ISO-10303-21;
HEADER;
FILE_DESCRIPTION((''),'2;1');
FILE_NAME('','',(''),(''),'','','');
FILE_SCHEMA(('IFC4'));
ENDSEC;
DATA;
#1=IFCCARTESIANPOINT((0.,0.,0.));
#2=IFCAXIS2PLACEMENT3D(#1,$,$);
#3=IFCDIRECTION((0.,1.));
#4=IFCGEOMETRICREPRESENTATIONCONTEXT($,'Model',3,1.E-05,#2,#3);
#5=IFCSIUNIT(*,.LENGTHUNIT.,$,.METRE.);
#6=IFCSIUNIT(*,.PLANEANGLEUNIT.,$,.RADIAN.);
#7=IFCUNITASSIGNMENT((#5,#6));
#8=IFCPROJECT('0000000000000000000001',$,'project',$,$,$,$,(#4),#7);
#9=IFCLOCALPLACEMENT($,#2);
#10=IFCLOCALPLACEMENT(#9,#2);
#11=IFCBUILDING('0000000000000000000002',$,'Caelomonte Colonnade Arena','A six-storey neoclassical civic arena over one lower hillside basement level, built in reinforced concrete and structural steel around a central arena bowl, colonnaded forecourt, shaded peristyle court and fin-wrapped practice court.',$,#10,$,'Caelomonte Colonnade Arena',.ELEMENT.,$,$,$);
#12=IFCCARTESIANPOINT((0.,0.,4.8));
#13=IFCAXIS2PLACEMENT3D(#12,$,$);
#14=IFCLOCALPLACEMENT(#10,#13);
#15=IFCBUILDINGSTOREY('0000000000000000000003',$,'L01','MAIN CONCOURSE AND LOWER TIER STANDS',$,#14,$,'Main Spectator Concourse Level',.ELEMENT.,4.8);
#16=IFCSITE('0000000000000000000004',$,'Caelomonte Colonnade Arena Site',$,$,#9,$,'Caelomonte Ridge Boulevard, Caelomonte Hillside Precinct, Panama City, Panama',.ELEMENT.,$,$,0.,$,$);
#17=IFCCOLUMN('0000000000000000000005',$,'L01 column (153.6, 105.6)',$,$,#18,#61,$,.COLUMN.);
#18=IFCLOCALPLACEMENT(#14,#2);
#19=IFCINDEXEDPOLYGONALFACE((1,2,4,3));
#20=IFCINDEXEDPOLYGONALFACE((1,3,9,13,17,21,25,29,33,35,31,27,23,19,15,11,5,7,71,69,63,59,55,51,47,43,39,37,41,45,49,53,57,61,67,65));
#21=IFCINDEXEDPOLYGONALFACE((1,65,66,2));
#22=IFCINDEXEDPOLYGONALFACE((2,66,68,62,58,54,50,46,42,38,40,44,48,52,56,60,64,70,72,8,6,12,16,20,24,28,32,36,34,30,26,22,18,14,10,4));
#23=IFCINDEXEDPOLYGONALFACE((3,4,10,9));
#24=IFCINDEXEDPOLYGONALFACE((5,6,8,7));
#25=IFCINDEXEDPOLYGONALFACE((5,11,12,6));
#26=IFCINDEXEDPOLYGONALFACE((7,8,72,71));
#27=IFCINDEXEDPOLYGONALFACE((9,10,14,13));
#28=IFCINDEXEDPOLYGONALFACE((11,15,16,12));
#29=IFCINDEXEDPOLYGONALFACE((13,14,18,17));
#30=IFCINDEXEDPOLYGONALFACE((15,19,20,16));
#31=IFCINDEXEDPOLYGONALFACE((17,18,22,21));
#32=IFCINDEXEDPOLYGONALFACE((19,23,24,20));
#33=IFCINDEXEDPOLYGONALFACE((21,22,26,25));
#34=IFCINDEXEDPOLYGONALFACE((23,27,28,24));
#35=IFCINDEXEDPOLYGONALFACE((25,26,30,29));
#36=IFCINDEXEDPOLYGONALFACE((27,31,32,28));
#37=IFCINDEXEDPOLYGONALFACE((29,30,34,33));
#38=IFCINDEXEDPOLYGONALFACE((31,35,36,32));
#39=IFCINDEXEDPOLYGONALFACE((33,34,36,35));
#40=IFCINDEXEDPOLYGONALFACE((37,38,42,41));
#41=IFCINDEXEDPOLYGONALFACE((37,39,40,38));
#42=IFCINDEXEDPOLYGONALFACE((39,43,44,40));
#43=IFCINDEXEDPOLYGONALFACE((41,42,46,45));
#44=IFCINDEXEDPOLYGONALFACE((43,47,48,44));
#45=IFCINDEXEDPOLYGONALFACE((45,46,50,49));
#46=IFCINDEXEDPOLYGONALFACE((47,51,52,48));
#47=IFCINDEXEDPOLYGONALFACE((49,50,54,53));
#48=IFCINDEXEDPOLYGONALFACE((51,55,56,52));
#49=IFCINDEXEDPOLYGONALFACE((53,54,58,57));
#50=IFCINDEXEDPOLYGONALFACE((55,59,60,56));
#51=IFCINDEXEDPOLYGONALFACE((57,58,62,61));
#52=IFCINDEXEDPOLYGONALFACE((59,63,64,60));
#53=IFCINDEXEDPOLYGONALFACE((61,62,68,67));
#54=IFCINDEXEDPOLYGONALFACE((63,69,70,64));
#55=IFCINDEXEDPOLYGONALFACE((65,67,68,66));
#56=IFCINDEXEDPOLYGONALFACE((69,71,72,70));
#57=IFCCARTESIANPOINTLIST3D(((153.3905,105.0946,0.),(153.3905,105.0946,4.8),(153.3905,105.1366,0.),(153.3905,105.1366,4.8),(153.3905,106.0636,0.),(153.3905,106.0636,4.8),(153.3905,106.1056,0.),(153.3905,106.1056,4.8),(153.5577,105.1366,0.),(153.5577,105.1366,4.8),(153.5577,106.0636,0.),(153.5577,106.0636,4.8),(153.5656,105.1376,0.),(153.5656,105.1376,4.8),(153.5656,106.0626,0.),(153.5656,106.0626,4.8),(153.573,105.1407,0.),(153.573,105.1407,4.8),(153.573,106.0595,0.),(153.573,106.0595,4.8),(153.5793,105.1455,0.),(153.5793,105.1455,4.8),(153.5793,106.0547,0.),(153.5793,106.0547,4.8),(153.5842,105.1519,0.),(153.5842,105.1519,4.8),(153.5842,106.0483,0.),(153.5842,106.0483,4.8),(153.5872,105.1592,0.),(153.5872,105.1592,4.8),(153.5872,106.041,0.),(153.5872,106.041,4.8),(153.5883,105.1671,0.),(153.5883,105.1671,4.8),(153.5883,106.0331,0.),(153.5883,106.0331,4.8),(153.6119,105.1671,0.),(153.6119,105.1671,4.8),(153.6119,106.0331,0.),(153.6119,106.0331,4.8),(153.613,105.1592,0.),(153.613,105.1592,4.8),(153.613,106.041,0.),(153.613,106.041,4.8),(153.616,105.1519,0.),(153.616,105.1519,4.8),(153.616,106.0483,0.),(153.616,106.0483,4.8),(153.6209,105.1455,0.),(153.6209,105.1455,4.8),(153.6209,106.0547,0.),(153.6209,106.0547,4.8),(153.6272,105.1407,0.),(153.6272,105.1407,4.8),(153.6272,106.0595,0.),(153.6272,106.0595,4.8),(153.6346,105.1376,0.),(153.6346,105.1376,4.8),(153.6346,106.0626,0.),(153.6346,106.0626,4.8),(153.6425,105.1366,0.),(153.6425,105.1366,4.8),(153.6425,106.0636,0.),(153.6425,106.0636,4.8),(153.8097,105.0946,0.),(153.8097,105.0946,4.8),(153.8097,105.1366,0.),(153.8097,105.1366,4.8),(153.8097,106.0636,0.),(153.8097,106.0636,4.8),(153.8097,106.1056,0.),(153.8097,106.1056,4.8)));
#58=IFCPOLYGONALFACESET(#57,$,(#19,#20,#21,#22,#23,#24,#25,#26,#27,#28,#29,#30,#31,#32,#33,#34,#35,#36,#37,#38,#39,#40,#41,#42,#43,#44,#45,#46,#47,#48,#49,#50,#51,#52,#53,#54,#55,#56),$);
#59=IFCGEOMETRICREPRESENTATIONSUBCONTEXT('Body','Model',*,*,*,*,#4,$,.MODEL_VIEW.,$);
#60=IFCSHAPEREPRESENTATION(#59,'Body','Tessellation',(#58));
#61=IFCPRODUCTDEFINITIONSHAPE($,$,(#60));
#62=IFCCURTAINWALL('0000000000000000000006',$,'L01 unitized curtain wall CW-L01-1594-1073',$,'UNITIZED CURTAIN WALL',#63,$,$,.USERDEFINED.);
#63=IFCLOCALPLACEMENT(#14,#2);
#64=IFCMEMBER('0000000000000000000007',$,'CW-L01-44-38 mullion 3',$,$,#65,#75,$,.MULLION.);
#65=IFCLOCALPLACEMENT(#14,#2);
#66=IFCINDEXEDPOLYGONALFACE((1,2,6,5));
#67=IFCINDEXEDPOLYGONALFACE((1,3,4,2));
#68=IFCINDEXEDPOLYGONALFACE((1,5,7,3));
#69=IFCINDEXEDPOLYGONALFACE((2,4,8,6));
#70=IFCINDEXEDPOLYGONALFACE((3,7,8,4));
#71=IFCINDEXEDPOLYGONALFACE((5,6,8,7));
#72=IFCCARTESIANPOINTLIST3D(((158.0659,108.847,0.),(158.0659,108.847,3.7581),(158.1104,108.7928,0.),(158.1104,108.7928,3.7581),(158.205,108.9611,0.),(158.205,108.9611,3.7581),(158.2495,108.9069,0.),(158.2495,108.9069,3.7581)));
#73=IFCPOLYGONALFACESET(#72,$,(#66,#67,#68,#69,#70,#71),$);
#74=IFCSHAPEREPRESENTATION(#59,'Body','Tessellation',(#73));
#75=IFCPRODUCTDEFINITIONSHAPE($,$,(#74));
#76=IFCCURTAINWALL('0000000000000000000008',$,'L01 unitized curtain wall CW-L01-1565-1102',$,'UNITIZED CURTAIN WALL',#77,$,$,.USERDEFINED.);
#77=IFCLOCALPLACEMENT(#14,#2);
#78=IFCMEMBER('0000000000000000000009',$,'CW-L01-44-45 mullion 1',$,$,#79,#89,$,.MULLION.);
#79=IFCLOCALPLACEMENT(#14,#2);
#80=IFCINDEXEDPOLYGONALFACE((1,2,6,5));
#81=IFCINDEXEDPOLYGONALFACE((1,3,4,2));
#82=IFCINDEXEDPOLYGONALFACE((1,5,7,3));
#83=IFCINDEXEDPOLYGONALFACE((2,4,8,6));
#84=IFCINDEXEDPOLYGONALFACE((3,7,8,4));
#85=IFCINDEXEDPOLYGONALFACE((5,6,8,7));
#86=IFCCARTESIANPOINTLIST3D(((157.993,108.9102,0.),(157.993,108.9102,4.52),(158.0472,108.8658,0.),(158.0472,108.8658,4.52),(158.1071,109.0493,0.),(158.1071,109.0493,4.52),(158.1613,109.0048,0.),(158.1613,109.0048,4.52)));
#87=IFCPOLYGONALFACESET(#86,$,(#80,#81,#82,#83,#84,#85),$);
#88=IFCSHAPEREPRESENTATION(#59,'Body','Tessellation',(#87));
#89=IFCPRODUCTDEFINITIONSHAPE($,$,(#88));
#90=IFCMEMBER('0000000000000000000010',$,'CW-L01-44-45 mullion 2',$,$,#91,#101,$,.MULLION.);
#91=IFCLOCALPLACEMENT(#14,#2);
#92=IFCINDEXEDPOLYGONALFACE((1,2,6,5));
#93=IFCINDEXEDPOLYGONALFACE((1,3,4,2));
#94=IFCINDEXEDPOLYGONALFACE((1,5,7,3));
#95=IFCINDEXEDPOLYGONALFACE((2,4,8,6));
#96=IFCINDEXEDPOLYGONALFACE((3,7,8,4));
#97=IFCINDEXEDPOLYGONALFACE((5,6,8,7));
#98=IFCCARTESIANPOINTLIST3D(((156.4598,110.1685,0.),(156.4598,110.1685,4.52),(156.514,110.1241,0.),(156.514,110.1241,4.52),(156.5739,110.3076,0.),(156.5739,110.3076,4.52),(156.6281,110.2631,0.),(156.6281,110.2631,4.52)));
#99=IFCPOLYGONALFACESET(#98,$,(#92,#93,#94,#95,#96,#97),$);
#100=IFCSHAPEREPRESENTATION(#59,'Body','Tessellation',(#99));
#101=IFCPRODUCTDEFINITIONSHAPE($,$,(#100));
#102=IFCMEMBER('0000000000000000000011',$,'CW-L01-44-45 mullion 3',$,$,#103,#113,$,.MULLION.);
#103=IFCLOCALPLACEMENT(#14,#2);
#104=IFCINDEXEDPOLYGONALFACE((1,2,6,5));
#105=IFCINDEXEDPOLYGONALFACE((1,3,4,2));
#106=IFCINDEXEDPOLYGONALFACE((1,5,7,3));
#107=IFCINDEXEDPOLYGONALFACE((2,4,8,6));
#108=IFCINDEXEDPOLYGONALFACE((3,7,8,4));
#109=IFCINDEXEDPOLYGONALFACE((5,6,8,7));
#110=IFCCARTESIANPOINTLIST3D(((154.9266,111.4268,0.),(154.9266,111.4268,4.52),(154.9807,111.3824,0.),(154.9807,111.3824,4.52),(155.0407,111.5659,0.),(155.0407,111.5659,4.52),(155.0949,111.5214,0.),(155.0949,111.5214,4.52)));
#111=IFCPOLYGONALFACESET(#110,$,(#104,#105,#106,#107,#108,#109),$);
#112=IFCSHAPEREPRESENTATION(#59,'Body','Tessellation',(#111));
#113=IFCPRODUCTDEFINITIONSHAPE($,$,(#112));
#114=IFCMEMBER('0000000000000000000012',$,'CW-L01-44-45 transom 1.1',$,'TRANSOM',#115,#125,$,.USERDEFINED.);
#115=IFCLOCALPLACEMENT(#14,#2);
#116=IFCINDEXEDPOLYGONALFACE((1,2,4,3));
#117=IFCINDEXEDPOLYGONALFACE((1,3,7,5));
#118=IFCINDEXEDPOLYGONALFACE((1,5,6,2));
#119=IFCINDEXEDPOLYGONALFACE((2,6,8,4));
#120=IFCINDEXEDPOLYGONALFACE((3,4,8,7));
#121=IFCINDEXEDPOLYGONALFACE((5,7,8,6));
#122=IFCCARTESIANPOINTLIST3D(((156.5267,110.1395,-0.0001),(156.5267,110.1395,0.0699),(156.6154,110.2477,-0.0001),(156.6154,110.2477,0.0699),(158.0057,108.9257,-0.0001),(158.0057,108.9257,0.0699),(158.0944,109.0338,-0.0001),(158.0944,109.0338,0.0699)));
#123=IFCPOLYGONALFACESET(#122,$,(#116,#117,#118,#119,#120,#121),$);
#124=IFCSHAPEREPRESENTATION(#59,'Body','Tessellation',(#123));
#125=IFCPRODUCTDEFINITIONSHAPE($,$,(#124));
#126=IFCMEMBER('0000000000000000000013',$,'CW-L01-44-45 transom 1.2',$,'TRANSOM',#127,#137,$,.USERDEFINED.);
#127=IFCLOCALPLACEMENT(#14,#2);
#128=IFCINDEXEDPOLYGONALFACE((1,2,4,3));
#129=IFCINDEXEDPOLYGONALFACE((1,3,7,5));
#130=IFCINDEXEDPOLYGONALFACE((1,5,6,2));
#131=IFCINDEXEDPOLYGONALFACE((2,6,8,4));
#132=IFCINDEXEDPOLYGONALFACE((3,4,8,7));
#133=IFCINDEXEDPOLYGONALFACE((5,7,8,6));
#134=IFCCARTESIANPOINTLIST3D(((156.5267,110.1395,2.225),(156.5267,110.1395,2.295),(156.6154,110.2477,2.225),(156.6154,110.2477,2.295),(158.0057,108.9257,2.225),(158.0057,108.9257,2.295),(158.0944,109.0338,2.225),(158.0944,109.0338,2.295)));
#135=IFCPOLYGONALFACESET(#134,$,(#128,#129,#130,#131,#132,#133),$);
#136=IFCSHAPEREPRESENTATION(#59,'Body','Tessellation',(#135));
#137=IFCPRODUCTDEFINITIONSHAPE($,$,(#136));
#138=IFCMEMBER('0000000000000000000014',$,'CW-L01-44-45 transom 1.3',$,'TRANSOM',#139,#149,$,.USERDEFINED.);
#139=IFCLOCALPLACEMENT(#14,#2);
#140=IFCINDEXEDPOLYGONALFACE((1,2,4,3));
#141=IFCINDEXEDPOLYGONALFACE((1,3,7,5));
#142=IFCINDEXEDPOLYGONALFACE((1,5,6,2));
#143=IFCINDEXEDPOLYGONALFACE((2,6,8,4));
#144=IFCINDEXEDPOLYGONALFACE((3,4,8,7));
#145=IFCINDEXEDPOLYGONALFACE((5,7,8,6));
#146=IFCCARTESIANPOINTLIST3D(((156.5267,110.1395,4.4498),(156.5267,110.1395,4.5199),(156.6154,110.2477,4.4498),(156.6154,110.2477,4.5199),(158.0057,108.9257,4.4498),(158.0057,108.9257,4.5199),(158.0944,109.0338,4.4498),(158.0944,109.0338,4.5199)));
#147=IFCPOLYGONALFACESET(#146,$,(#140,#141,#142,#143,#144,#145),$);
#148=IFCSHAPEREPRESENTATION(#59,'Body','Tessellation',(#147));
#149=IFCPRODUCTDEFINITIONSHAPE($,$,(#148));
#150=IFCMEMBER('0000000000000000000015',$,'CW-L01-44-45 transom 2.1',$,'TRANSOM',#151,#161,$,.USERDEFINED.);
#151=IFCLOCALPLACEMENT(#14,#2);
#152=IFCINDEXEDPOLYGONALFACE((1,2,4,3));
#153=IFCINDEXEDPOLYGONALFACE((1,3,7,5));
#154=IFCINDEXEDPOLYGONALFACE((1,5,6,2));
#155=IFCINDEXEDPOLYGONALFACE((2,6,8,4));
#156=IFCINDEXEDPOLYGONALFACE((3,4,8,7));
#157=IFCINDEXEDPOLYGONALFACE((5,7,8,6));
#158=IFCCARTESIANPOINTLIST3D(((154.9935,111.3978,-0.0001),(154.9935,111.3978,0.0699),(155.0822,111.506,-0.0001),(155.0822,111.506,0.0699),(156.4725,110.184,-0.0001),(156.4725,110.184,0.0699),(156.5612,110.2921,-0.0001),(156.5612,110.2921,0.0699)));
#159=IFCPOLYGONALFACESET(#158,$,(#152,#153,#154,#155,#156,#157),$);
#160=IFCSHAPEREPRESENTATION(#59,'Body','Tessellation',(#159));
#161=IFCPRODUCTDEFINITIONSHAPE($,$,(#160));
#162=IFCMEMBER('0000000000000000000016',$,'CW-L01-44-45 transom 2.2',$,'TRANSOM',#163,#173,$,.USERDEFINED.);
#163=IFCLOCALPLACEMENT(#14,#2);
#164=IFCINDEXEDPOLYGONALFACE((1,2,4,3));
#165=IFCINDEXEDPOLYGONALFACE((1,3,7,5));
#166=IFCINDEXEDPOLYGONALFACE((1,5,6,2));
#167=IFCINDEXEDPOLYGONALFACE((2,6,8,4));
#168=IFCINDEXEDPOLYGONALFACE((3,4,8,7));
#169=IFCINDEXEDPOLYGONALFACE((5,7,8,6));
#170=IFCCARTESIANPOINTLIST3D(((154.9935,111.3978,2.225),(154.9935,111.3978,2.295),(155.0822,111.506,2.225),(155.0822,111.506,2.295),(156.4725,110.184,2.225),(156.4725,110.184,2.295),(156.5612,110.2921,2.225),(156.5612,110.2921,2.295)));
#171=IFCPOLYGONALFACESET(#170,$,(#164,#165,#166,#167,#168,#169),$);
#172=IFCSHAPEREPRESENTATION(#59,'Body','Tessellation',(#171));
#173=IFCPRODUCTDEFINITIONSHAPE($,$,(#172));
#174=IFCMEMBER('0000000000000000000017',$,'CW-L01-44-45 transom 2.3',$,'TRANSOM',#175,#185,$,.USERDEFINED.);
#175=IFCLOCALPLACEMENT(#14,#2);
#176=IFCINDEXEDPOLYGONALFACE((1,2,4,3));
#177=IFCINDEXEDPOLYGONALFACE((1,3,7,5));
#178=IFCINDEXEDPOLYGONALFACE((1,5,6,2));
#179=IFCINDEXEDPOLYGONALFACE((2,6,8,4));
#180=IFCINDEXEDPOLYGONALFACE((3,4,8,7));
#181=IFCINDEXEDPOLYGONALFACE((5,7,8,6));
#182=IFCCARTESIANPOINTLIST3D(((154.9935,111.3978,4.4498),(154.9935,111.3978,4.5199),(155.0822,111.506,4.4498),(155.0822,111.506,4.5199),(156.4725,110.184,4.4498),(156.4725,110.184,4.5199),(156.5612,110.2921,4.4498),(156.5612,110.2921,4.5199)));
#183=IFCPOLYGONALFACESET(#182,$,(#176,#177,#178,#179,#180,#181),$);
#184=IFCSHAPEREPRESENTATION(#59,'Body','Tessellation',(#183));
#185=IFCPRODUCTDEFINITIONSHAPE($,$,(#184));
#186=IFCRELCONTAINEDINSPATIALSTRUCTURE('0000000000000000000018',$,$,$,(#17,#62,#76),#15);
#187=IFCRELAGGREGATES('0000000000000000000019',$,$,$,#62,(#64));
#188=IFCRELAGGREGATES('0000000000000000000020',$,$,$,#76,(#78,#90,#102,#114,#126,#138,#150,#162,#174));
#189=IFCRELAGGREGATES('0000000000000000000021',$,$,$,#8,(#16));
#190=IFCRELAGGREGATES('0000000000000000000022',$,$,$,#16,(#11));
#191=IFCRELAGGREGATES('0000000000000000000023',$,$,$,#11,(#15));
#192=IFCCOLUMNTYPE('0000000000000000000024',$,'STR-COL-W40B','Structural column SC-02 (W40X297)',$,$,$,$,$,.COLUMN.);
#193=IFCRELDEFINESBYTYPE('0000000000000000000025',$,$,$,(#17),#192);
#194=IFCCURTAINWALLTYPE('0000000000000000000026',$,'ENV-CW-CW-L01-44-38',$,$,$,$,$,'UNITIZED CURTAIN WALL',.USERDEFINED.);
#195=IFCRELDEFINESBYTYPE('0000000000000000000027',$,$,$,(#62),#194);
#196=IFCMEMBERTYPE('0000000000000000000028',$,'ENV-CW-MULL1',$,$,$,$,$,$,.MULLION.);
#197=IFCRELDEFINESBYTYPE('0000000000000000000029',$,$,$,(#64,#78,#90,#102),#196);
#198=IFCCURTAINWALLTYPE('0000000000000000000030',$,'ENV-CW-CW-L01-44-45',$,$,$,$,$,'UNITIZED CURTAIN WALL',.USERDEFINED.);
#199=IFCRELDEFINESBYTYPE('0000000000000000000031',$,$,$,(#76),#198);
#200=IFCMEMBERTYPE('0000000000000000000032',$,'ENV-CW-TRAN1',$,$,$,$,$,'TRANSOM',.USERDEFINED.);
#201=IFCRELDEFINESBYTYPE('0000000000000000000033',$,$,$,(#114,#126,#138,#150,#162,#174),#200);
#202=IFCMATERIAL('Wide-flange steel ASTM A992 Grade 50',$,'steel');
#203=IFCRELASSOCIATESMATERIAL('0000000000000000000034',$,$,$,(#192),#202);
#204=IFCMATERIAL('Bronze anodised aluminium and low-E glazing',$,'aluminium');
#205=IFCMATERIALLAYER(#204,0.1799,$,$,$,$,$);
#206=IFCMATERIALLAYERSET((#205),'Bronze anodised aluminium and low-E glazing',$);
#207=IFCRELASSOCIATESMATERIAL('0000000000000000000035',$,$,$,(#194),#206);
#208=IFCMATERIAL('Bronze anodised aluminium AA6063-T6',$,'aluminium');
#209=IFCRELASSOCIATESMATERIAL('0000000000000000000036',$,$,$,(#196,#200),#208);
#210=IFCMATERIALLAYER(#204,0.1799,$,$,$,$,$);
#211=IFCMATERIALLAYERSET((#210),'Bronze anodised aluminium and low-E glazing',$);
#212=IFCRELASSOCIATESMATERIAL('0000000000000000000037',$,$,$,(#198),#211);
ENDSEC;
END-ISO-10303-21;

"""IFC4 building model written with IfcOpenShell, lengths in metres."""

from ifc_helpers import new_model, si_unit, direction, frame, origin, origin_2d, place, context, subcontext, project, spatial, rectangle, i_section, extrude, material, layer, layer_set, material_profile, profile_set, type_object, element, aggregate, save


model = new_model("IFC4")

# Units and contexts
model_context = context("Model", 3, precision=1e-05, world=origin(), true_north=direction((0.0, 1.0)))
body_context = subcontext(model_context, "Body", "Model", "MODEL_VIEW")
ifc_project = project(units=[si_unit("LENGTHUNIT", "METRE"), si_unit("PLANEANGLEUNIT", "RADIAN")], contexts=[model_context])

# Site, building, storey
site_placement = place(None, origin())
site = spatial("IfcSite", under=ifc_project, at=site_placement, Name="Caelomonte Colonnade Arena Site", LongName="Caelomonte Ridge Boulevard, Caelomonte Hillside Precinct, Panama City, Panama", CompositionType="ELEMENT", RefElevation=0.0)
building_placement = place(site_placement, origin())
building = spatial("IfcBuilding", under=site, at=building_placement, Name="Caelomonte Colonnade Arena", Description="A six-storey neoclassical civic arena over one lower hillside basement level, built in reinforced concrete and structural steel around a central arena bowl, colonnaded forecourt, shaded peristyle court and fin-wrapped practice court.", LongName="Caelomonte Colonnade Arena", CompositionType="ELEMENT")
storey_placement = place(building_placement, frame((0.0, 0.0, 4.8)))
storey = spatial("IfcBuildingStorey", under=building, at=storey_placement, Name="L01", Description="MAIN CONCOURSE AND LOWER TIER STANDS", LongName="Main Spectator Concourse Level", CompositionType="ELEMENT", Elevation=4.8)

# Column
ifc_material_1 = material(Name="Wide-flange steel ASTM A992 Grade 50", Category="steel")
ifc_material_profile_1 = material_profile(ifc_material_1, i_section(OverallWidth=0.4192, OverallDepth=1.011, WebThickness=0.0237, FlangeThickness=0.042, FilletRadius=0.0305, at=origin_2d()), Name="W40X297")
ifc_profile_set_1 = profile_set([ifc_material_profile_1], Name="Wide-flange steel ASTM A992 Grade 50")
column_type = type_object("IfcColumnType", Name="STR-COL-W40B", Description="Structural column SC-02 (W40X297)", PredefinedType="COLUMN", material=ifc_profile_set_1)
column_placement = place(storey_placement, frame((153.6001, 105.6001, 0.0), z_axis=(0.0, 0.0, 1.0), x_axis=(1.0, 0.0, 0.0)))
element("IfcColumn", 1, at=column_placement, inside=storey, type_object=column_type, Name="L01 column (153.6, 105.6)", PredefinedType="COLUMN", context=body_context, shape_type="SweptSolid", body=[
    extrude(i_section(OverallWidth=0.4192, OverallDepth=1.011, WebThickness=0.0237, FlangeThickness=0.042, FilletRadius=0.0305, at=origin_2d()), origin(), (0.0, 0.0, 1.0), 4.8),
])

# Curtain wall, member
ifc_material_2 = material(Name="Bronze anodised aluminium and low-E glazing", Category="aluminium")
ifc_layer_1 = layer(ifc_material_2, 0.1799)
ifc_layer_set_1 = layer_set([ifc_layer_1], Name="Bronze anodised aluminium and low-E glazing")
curtain_wall_type_1 = type_object("IfcCurtainWallType", Name="ENV-CW-CW-L01-44-38", ElementType="UNITIZED CURTAIN WALL", PredefinedType="USERDEFINED", material=ifc_layer_set_1)
curtain_wall_1_placement = place(storey_placement, origin())
curtain_wall_1 = element("IfcCurtainWall", 2, at=curtain_wall_1_placement, inside=storey, type_object=curtain_wall_type_1, Name="L01 unitized curtain wall CW-L01-1594-1073", ObjectType="UNITIZED CURTAIN WALL", PredefinedType="USERDEFINED")
ifc_material_3 = material(Name="Bronze anodised aluminium AA6063-T6", Category="aluminium")
ifc_material_profile_2 = material_profile(ifc_material_3, rectangle(XDim=0.0701, YDim=0.1799, at=origin_2d()), Name="CWM-70X180")
ifc_profile_set_2 = profile_set([ifc_material_profile_2], Name="Bronze anodised aluminium AA6063-T6")
member_type_1 = type_object("IfcMemberType", Name="ENV-CW-MULL1", PredefinedType="MULLION", material=ifc_profile_set_2)
member_1_placement = place(storey_placement, frame((158.1577, 108.877, 0.0), z_axis=(0.0, 0.0, 1.0), x_axis=(-0.634416, 0.772992, 0.0)))
member_1 = element("IfcMember", 3, at=member_1_placement, type_object=member_type_1, Name="CW-L01-44-38 mullion 3", PredefinedType="MULLION", context=body_context, shape_type="SweptSolid", body=[
    extrude(rectangle(XDim=0.0701, YDim=0.1799, at=origin_2d()), origin(), (0.0, 0.0, 1.0), 3.7581),
])
aggregate(curtain_wall_1, [member_1])

# Curtain wall, members
ifc_layer_2 = layer(ifc_material_2, 0.1799)
ifc_layer_set_2 = layer_set([ifc_layer_2], Name="Bronze anodised aluminium and low-E glazing")
curtain_wall_type_2 = type_object("IfcCurtainWallType", Name="ENV-CW-CW-L01-44-45", ElementType="UNITIZED CURTAIN WALL", PredefinedType="USERDEFINED", material=ifc_layer_set_2)
curtain_wall_2_placement = place(storey_placement, origin())
curtain_wall_2 = element("IfcCurtainWall", 4, at=curtain_wall_2_placement, inside=storey, type_object=curtain_wall_type_2, Name="L01 unitized curtain wall CW-L01-1565-1102", ObjectType="UNITIZED CURTAIN WALL", PredefinedType="USERDEFINED")
member_2_placement = place(storey_placement, frame((158.0771, 108.9575, 0.0), z_axis=(0.0, 0.0, 1.0), x_axis=(-0.772992, 0.634416, 0.0)))
member_2 = element("IfcMember", 5, at=member_2_placement, type_object=member_type_1, Name="CW-L01-44-45 mullion 1", PredefinedType="MULLION", context=body_context, shape_type="SweptSolid", body=[
    extrude(rectangle(XDim=0.0701, YDim=0.1799, at=origin_2d()), origin(), (0.0, 0.0, 1.0), 4.52),
])
member_3_placement = place(storey_placement, frame((156.5439, 110.2158, 0.0), z_axis=(0.0, 0.0, 1.0), x_axis=(-0.772992, 0.634416, 0.0)))
member_3 = element("IfcMember", 6, at=member_3_placement, type_object=member_type_1, Name="CW-L01-44-45 mullion 2", PredefinedType="MULLION", context=body_context, shape_type="SweptSolid", body=[
    extrude(rectangle(XDim=0.0701, YDim=0.1799, at=origin_2d()), origin(), (0.0, 0.0, 1.0), 4.52),
])
member_4_placement = place(storey_placement, frame((155.0107, 111.4741, 0.0), z_axis=(0.0, 0.0, 1.0), x_axis=(-0.772992, 0.634416, 0.0)))
member_4 = element("IfcMember", 7, at=member_4_placement, type_object=member_type_1, Name="CW-L01-44-45 mullion 3", PredefinedType="MULLION", context=body_context, shape_type="SweptSolid", body=[
    extrude(rectangle(XDim=0.0701, YDim=0.1799, at=origin_2d()), origin(), (0.0, 0.0, 1.0), 4.52),
])
ifc_material_profile_3 = material_profile(ifc_material_3, rectangle(XDim=0.0701, YDim=0.1399, at=origin_2d()), Name="CWT-70X140")
ifc_profile_set_3 = profile_set([ifc_material_profile_3], Name="Bronze anodised aluminium AA6063-T6")
member_type_2 = type_object("IfcMemberType", Name="ENV-CW-TRAN1", ElementType="TRANSOM", PredefinedType="USERDEFINED", material=ifc_profile_set_3)
member_5_placement = place(storey_placement, frame((158.05, 108.9797, 0.0349), z_axis=(-0.77299, 0.634418, 0.0), x_axis=(0.0, 0.0, 1.0)))
member_5 = element("IfcMember", 8, at=member_5_placement, type_object=member_type_2, Name="CW-L01-44-45 transom 1.1", ObjectType="TRANSOM", PredefinedType="USERDEFINED", context=body_context, shape_type="SweptSolid", body=[
    extrude(rectangle(XDim=0.0701, YDim=0.1399, at=origin_2d()), origin(), (0.0, 0.0, 1.0), 1.9133),
])
member_6_placement = place(storey_placement, frame((158.05, 108.9797, 2.26), z_axis=(-0.77299, 0.634418, 0.0), x_axis=(0.0, 0.0, 1.0)))
member_6 = element("IfcMember", 9, at=member_6_placement, type_object=member_type_2, Name="CW-L01-44-45 transom 1.2", ObjectType="TRANSOM", PredefinedType="USERDEFINED", context=body_context, shape_type="SweptSolid", body=[
    extrude(rectangle(XDim=0.0701, YDim=0.1399, at=origin_2d()), origin(), (0.0, 0.0, 1.0), 1.9133),
])
member_7_placement = place(storey_placement, frame((158.05, 108.9797, 4.4849), z_axis=(-0.77299, 0.634418, 0.0), x_axis=(0.0, 0.0, 1.0)))
member_7 = element("IfcMember", 10, at=member_7_placement, type_object=member_type_2, Name="CW-L01-44-45 transom 1.3", ObjectType="TRANSOM", PredefinedType="USERDEFINED", context=body_context, shape_type="SweptSolid", body=[
    extrude(rectangle(XDim=0.0701, YDim=0.1399, at=origin_2d()), origin(), (0.0, 0.0, 1.0), 1.9133),
])
member_8_placement = place(storey_placement, frame((156.5168, 110.238, 0.0349), z_axis=(-0.77299, 0.634418, 0.0), x_axis=(0.0, 0.0, 1.0)))
member_8 = element("IfcMember", 11, at=member_8_placement, type_object=member_type_2, Name="CW-L01-44-45 transom 2.1", ObjectType="TRANSOM", PredefinedType="USERDEFINED", context=body_context, shape_type="SweptSolid", body=[
    extrude(rectangle(XDim=0.0701, YDim=0.1399, at=origin_2d()), origin(), (0.0, 0.0, 1.0), 1.9133),
])
member_9_placement = place(storey_placement, frame((156.5168, 110.238, 2.26), z_axis=(-0.77299, 0.634418, 0.0), x_axis=(0.0, 0.0, 1.0)))
member_9 = element("IfcMember", 12, at=member_9_placement, type_object=member_type_2, Name="CW-L01-44-45 transom 2.2", ObjectType="TRANSOM", PredefinedType="USERDEFINED", context=body_context, shape_type="SweptSolid", body=[
    extrude(rectangle(XDim=0.0701, YDim=0.1399, at=origin_2d()), origin(), (0.0, 0.0, 1.0), 1.9133),
])
member_10_placement = place(storey_placement, frame((156.5168, 110.238, 4.4849), z_axis=(-0.77299, 0.634418, 0.0), x_axis=(0.0, 0.0, 1.0)))
member_10 = element("IfcMember", 13, at=member_10_placement, type_object=member_type_2, Name="CW-L01-44-45 transom 2.3", ObjectType="TRANSOM", PredefinedType="USERDEFINED", context=body_context, shape_type="SweptSolid", body=[
    extrude(rectangle(XDim=0.0701, YDim=0.1399, at=origin_2d()), origin(), (0.0, 0.0, 1.0), 1.9133),
])

aggregate(curtain_wall_2, [member_2, member_3, member_4, member_5, member_6, member_7, member_8, member_9, member_10])

save(model, "model.ifc")
